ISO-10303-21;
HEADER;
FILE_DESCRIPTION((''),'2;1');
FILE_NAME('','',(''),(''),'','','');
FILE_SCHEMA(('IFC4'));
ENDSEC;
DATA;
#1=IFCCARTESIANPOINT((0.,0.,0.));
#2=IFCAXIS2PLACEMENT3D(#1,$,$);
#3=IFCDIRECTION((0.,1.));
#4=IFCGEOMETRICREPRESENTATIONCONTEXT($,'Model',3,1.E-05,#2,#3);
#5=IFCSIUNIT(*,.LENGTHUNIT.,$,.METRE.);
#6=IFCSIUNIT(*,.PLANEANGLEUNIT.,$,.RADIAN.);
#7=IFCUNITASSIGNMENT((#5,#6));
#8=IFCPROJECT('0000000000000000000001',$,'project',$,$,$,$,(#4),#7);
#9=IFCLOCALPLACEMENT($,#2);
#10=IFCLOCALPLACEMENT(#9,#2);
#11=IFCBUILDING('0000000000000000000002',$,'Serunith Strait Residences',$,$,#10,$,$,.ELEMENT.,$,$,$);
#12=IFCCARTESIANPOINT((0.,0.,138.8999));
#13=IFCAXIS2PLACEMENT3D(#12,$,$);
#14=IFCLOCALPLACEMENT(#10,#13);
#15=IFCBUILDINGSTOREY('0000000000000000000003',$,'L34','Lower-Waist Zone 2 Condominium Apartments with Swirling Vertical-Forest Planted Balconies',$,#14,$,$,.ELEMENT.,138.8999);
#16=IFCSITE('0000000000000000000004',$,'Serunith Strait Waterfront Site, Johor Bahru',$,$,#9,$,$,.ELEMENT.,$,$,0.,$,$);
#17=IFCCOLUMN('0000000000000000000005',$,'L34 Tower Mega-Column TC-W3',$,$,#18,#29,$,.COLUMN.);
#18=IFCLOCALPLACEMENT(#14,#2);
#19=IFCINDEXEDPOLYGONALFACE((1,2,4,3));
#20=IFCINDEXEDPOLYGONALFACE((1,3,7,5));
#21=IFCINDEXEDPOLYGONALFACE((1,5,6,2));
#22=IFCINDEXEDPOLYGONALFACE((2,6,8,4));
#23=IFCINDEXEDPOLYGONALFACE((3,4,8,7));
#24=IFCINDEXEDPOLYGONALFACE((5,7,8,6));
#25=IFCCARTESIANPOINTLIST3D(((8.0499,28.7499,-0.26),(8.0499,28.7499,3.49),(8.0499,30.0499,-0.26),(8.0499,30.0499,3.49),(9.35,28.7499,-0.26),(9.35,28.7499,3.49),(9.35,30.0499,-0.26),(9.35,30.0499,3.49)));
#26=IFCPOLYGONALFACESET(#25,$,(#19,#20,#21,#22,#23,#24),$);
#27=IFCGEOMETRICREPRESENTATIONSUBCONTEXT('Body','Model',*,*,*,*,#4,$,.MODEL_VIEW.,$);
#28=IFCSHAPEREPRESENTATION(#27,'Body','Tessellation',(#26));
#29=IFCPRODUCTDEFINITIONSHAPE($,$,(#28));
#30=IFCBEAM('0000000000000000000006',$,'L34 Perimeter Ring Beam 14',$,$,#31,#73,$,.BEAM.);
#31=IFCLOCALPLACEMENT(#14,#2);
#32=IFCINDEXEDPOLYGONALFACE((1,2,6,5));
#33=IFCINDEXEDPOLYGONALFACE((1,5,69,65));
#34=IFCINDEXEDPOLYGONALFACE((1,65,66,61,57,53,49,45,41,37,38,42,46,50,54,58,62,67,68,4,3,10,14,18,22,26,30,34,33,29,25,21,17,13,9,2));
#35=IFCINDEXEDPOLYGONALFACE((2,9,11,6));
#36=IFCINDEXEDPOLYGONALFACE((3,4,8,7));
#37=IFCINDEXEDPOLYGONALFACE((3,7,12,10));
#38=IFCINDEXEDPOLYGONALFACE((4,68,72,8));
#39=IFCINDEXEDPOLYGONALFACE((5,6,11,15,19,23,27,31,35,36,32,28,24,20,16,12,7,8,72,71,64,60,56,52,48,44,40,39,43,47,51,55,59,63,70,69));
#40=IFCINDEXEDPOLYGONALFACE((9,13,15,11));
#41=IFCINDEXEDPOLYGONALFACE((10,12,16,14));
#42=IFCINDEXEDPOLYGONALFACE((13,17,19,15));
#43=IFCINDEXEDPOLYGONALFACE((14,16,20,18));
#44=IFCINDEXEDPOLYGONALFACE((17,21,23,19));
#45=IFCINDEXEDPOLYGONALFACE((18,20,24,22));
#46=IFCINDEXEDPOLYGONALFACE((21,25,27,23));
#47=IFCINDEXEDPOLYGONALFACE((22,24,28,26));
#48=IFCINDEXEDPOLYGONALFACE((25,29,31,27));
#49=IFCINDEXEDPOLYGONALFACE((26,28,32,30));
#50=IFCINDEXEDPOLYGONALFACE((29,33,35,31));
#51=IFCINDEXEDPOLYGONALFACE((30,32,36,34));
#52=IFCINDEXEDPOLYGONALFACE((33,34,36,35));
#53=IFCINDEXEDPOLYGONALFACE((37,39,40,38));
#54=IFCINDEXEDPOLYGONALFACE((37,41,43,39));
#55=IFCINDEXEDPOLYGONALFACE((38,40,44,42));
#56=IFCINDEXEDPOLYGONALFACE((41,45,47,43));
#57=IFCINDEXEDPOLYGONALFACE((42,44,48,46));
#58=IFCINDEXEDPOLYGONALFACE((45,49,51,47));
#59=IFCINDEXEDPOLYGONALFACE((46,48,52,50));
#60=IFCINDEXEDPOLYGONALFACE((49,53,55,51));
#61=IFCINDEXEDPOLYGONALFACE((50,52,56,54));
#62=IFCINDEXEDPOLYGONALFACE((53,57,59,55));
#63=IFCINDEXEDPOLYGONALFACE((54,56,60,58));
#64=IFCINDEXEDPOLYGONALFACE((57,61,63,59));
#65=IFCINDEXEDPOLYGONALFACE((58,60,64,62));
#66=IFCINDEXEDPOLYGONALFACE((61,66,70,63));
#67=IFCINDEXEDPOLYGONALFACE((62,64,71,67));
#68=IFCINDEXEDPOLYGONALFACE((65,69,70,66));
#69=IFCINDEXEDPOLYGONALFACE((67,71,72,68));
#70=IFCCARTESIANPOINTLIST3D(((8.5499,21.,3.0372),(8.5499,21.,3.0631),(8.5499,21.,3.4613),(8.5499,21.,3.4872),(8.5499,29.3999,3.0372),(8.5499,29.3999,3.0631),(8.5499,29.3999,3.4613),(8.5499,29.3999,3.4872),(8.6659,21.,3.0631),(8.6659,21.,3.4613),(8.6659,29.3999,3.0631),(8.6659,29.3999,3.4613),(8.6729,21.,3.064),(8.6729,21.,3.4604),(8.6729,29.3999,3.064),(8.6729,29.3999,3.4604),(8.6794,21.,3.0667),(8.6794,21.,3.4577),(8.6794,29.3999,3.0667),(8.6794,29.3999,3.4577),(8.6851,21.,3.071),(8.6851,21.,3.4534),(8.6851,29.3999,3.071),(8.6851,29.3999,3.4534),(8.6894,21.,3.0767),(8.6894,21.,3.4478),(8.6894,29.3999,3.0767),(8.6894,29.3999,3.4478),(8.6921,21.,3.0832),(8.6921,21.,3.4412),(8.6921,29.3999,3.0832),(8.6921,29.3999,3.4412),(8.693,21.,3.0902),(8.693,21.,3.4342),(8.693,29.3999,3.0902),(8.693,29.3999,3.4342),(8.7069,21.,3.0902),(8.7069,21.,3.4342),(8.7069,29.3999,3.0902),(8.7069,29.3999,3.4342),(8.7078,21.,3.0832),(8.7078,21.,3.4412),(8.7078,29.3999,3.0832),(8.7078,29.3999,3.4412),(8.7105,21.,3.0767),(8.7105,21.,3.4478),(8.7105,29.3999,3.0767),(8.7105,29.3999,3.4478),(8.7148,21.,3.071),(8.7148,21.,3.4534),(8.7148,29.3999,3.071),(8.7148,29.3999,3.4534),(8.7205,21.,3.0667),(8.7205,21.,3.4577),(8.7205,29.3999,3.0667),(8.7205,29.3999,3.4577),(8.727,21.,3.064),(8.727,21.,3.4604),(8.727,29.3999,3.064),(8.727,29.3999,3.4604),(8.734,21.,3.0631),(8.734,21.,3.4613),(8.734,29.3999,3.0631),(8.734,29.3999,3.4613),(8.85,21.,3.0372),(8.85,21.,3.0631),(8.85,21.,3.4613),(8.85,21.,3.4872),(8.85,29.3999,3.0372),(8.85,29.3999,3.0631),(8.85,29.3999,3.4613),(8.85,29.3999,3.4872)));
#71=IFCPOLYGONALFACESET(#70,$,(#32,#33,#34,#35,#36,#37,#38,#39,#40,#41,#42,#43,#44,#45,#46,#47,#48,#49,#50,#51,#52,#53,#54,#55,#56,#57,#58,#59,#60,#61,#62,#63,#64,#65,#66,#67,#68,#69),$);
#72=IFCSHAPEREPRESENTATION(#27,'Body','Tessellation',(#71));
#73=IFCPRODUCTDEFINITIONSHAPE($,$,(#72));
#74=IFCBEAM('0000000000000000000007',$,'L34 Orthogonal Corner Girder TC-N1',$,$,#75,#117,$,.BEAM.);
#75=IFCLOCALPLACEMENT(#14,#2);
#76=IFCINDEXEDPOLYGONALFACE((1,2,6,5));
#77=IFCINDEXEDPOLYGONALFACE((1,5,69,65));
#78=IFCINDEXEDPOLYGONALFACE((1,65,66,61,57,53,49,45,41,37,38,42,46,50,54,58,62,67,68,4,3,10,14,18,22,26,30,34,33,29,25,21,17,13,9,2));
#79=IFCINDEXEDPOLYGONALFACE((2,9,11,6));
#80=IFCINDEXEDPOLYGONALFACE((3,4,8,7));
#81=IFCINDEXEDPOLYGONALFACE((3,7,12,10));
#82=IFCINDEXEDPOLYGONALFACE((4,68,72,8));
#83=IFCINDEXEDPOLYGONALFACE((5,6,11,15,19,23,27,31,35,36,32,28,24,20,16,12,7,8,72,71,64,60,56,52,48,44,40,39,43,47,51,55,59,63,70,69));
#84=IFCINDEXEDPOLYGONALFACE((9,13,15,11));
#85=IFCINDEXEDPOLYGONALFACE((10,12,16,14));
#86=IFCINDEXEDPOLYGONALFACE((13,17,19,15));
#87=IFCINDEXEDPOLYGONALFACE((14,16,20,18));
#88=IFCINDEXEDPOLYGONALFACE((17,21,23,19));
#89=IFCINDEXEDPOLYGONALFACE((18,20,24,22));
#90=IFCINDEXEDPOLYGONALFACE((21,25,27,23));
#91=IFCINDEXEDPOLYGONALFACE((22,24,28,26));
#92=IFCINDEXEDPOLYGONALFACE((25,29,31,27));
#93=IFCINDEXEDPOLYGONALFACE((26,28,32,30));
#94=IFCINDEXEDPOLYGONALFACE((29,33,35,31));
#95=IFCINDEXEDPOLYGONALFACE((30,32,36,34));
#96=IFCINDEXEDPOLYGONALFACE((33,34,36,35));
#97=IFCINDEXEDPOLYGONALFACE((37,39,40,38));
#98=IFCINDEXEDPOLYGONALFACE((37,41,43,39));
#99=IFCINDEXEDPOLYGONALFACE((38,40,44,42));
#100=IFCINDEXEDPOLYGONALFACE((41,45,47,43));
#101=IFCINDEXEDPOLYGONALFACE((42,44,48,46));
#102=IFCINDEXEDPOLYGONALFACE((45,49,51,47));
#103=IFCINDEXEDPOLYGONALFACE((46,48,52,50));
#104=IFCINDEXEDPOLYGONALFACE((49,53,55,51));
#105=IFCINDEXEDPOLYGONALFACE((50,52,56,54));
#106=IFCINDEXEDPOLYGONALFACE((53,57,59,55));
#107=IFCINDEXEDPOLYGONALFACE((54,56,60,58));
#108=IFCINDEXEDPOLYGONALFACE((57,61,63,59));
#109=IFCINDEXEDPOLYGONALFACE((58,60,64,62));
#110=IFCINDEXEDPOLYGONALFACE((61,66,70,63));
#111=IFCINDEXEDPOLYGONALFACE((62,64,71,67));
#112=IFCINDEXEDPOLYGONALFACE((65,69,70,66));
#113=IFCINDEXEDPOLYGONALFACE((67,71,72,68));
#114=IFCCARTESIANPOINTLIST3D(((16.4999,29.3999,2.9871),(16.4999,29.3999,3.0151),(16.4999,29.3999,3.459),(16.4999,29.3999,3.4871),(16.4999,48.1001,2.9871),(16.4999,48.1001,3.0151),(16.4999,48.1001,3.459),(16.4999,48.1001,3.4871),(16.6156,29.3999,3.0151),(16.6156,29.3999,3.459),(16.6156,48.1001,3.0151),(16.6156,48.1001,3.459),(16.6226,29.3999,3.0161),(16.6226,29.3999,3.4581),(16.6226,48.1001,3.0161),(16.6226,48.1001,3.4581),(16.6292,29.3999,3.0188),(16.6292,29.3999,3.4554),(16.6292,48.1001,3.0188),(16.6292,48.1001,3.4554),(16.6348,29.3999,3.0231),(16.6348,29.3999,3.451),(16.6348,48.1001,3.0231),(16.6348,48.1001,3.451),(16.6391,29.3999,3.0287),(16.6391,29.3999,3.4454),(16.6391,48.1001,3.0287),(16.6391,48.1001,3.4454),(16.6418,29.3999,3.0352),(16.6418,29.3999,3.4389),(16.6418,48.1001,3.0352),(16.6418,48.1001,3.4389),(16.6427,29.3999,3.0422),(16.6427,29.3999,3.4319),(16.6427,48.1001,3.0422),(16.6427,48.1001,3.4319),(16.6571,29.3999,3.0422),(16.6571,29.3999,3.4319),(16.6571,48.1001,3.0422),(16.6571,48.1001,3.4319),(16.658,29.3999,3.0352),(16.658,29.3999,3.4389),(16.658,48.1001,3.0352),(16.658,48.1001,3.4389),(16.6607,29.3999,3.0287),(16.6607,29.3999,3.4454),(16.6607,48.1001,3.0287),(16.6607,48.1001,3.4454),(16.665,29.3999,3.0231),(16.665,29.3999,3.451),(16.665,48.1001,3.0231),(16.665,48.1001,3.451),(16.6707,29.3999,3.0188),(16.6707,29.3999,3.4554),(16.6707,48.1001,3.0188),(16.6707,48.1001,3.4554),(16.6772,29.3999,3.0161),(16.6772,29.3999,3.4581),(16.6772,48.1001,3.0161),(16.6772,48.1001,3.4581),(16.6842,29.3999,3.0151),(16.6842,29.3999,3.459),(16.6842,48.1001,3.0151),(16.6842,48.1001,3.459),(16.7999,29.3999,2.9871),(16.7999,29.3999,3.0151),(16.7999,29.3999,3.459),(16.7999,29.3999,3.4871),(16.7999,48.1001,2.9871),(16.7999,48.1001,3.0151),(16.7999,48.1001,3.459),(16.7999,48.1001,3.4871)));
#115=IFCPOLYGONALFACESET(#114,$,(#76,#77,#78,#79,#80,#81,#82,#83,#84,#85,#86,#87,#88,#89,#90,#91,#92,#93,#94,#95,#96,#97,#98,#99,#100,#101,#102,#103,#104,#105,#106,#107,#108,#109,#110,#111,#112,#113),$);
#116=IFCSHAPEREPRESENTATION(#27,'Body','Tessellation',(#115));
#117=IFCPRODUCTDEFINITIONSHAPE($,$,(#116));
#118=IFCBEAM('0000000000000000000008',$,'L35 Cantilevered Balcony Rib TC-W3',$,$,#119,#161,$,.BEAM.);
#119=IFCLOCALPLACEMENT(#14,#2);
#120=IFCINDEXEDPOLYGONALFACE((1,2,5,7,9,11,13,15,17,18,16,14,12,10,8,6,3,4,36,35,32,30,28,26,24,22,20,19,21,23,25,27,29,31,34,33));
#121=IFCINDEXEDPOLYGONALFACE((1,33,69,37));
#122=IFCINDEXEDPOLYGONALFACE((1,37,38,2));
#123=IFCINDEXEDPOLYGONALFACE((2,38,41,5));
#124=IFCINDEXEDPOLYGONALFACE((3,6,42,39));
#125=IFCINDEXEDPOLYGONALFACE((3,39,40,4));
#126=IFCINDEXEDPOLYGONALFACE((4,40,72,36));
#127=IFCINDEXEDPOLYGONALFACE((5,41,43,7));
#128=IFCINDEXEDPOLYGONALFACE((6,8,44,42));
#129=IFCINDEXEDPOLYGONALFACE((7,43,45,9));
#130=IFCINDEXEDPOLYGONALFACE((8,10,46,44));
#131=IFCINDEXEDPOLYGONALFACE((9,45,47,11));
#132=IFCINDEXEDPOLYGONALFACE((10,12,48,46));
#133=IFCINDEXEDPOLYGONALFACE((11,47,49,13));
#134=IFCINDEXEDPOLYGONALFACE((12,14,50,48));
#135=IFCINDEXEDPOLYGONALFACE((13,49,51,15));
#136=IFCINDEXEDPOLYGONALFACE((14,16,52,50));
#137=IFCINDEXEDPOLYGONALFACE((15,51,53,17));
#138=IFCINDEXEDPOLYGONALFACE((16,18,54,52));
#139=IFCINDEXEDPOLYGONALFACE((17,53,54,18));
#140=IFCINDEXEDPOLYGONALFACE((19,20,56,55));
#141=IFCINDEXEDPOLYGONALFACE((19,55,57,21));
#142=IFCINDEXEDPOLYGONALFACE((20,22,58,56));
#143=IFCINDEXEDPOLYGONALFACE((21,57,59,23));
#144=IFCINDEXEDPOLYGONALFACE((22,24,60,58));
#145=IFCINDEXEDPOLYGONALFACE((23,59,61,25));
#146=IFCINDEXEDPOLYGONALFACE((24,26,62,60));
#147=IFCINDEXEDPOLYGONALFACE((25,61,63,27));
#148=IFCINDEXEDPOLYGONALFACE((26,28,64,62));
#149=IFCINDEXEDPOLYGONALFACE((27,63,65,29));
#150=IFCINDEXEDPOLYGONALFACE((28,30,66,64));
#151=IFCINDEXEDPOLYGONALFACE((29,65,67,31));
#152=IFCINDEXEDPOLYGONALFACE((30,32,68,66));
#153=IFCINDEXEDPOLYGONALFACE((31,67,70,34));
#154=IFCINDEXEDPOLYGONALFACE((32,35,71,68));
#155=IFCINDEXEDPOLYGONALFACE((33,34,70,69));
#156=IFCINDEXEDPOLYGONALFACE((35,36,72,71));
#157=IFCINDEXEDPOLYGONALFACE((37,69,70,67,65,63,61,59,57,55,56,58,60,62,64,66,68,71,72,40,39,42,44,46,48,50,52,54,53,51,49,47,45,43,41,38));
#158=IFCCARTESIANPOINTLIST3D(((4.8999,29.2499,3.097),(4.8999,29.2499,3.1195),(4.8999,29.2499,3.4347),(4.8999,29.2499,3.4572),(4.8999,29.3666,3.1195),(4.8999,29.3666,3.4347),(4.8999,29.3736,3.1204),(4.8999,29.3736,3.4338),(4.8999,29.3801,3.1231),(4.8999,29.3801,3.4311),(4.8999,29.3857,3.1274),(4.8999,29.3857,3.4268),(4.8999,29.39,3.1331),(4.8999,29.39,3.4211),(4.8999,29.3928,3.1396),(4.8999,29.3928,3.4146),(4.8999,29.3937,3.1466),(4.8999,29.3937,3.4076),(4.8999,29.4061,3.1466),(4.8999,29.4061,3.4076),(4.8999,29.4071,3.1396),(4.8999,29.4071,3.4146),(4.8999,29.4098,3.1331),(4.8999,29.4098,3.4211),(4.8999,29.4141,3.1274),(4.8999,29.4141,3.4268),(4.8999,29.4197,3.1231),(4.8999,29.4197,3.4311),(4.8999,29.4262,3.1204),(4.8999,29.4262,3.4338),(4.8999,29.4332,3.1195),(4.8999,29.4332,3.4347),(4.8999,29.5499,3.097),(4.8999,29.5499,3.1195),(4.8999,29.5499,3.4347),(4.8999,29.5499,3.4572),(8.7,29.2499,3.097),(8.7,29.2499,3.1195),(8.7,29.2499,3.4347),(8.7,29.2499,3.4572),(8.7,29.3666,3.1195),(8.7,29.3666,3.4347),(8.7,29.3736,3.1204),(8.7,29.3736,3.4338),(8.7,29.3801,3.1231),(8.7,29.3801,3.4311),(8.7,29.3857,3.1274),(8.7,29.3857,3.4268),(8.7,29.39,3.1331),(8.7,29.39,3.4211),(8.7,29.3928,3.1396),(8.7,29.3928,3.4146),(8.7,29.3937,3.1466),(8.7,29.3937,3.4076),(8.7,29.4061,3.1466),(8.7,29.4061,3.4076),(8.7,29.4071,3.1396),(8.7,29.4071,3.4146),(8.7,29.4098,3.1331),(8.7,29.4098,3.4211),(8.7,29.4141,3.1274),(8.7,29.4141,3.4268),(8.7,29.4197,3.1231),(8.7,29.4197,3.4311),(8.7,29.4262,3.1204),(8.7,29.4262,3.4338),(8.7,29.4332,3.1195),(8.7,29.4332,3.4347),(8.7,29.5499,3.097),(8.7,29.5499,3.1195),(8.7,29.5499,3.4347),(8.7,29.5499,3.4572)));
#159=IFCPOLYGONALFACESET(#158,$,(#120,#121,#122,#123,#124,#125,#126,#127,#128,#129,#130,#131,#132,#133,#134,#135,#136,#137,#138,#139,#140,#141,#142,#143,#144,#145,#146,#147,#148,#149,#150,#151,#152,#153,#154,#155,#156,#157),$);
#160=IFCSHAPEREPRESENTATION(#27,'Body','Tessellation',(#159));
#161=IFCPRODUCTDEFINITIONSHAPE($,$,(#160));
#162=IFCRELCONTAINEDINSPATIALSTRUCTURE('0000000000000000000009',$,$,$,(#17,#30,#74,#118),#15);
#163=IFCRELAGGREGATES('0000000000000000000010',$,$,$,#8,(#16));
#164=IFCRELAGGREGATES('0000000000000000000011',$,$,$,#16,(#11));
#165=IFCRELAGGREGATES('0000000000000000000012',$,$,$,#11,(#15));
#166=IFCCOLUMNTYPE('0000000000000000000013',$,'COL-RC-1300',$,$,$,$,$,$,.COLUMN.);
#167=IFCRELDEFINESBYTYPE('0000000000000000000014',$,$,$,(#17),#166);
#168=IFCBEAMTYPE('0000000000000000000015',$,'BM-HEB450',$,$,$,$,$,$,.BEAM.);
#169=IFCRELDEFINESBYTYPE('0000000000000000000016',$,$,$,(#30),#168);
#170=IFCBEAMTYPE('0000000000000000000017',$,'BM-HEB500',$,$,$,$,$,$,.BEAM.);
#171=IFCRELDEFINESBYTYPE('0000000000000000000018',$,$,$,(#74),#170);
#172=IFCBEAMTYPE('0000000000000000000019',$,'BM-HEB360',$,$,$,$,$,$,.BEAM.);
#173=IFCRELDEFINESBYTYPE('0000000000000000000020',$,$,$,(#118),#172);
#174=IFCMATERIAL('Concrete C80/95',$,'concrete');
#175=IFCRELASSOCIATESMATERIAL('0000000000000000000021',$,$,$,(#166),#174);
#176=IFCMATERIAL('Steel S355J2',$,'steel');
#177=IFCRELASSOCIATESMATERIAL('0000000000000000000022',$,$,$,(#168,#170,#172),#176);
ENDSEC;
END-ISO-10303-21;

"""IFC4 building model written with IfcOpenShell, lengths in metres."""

from ifc_helpers import new_model, si_unit, direction, frame, origin, origin_2d, place, context, subcontext, project, spatial, rectangle, i_section, extrude, source, transform, mapped, material, material_profile, profile_set, type_object, element, save


model = new_model("IFC4")

# Units and contexts
model_context = context("Model", 3, precision=1e-05, world=origin(), true_north=direction((0.0, 1.0)))
body_context = subcontext(model_context, "Body", "Model", "MODEL_VIEW")
ifc_project = project(units=[si_unit("LENGTHUNIT", "METRE"), si_unit("PLANEANGLEUNIT", "RADIAN")], contexts=[model_context])

# Site, building, storey
site_placement = place(None, origin())
site = spatial("IfcSite", under=ifc_project, at=site_placement, Name="Serunith Strait Waterfront Site, Johor Bahru", CompositionType="ELEMENT", RefElevation=0.0)
building_placement = place(site_placement, origin())
building = spatial("IfcBuilding", under=site, at=building_placement, Name="Serunith Strait Residences", CompositionType="ELEMENT")
storey_placement = place(building_placement, frame((0.0, 0.0, 138.8999)))
storey = spatial("IfcBuildingStorey", under=building, at=storey_placement, Name="L34", Description="Lower-Waist Zone 2 Condominium Apartments with Swirling Vertical-Forest Planted Balconies", CompositionType="ELEMENT", Elevation=138.8999)

# Column
ifc_material_1 = material(Name="Concrete C80/95", Category="concrete")
ifc_material_profile_1 = material_profile(ifc_material_1, rectangle(XDim=1.3, YDim=1.3, at=origin_2d()), Name="RC 1300x1300")
ifc_profile_set_1 = profile_set([ifc_material_profile_1], Name="Concrete C80/95")
column_type = type_object("IfcColumnType", Name="COL-RC-1300", PredefinedType="COLUMN", material=ifc_profile_set_1)
shared_shape_1 = source(origin(), body_context, "Body", "SweptSolid", [
    extrude(rectangle(XDim=1.3, YDim=1.3, at=origin_2d()), origin(), (0.0, 0.0, 1.0), 3.75),
])
column_placement = place(storey_placement, frame((8.7, 29.3999, -0.26), z_axis=(0.0, 0.0, 1.0), x_axis=(1.0, 0.0, 0.0)))
element("IfcColumn", 1, at=column_placement, inside=storey, type_object=column_type, Name="L34 Tower Mega-Column TC-W3", PredefinedType="COLUMN", context=body_context, shape_type="MappedRepresentation", body=[
    mapped(shared_shape_1, transform((0.0, 0.0, 0.0), scale=1.0)),
])

# Beams
ifc_material_2 = material(Name="Steel S355J2", Category="steel")
ifc_material_profile_2 = material_profile(ifc_material_2, i_section(OverallWidth=0.3, OverallDepth=0.45, WebThickness=0.0139, FlangeThickness=0.0259, FilletRadius=0.0271, at=origin_2d()), Name="HEB 450")
ifc_profile_set_2 = profile_set([ifc_material_profile_2], Name="Steel S355J2")
beam_type_1 = type_object("IfcBeamType", Name="BM-HEB450", PredefinedType="BEAM", material=ifc_profile_set_2)
shared_shape_2 = source(origin(), body_context, "Body", "SweptSolid", [
    extrude(i_section(OverallWidth=0.3, OverallDepth=0.45, WebThickness=0.0139, FlangeThickness=0.0259, FilletRadius=0.0271, at=origin_2d()), origin(), (0.0, 0.0, 1.0), 8.3999),
])
beam_1_placement = place(storey_placement, frame((8.7, 29.3999, 3.2622), z_axis=(0.0, -1.0, 0.0), x_axis=(1.0, 0.0, 0.0)))
element("IfcBeam", 2, at=beam_1_placement, inside=storey, type_object=beam_type_1, Name="L34 Perimeter Ring Beam 14", PredefinedType="BEAM", context=body_context, shape_type="MappedRepresentation", body=[
    mapped(shared_shape_2, transform((0.0, 0.0, 0.0), scale=1.0)),
])
ifc_material_profile_3 = material_profile(ifc_material_2, i_section(OverallWidth=0.3, OverallDepth=0.5, WebThickness=0.0144, FlangeThickness=0.0281, FilletRadius=0.0271, at=origin_2d()), Name="HEB 500")
ifc_profile_set_3 = profile_set([ifc_material_profile_3], Name="Steel S355J2")
beam_type_2 = type_object("IfcBeamType", Name="BM-HEB500", PredefinedType="BEAM", material=ifc_profile_set_3)
shared_shape_3 = source(origin(), body_context, "Body", "SweptSolid", [
    extrude(i_section(OverallWidth=0.3, OverallDepth=0.5, WebThickness=0.0144, FlangeThickness=0.0281, FilletRadius=0.0271, at=origin_2d()), origin(), (0.0, 0.0, 1.0), 18.7002),
])
beam_2_placement = place(storey_placement, frame((16.6499, 29.3999, 3.2371), z_axis=(0.0, 1.0, 0.0), x_axis=(-1.0, 0.0, 0.0)))
element("IfcBeam", 3, at=beam_2_placement, inside=storey, type_object=beam_type_2, Name="L34 Orthogonal Corner Girder TC-N1", PredefinedType="BEAM", context=body_context, shape_type="MappedRepresentation", body=[
    mapped(shared_shape_3, transform((0.0, 0.0, 0.0), scale=1.0)),
])
ifc_material_profile_4 = material_profile(ifc_material_2, i_section(OverallWidth=0.3, OverallDepth=0.3601, WebThickness=0.0125, FlangeThickness=0.0225, FilletRadius=0.0271, at=origin_2d()), Name="HEB 360")
ifc_profile_set_4 = profile_set([ifc_material_profile_4], Name="Steel S355J2")
beam_type_3 = type_object("IfcBeamType", Name="BM-HEB360", PredefinedType="BEAM", material=ifc_profile_set_4)
shared_shape_4 = source(origin(), body_context, "Body", "SweptSolid", [
    extrude(i_section(OverallWidth=0.3, OverallDepth=0.3601, WebThickness=0.0125, FlangeThickness=0.0225, FilletRadius=0.0271, at=origin_2d()), origin(), (0.0, 0.0, 1.0), 3.8),
])
beam_3_placement = place(storey_placement, frame((8.7, 29.3999, 3.2771), z_axis=(-1.0, 0.0, 0.0), x_axis=(0.0, -1.0, 0.0)))
element("IfcBeam", 4, at=beam_3_placement, inside=storey, type_object=beam_type_3, Name="L35 Cantilevered Balcony Rib TC-W3", PredefinedType="BEAM", context=body_context, shape_type="MappedRepresentation", body=[
    mapped(shared_shape_4, transform((0.0, 0.0, 0.0), scale=1.0)),
])

save(model, "model.ifc")
